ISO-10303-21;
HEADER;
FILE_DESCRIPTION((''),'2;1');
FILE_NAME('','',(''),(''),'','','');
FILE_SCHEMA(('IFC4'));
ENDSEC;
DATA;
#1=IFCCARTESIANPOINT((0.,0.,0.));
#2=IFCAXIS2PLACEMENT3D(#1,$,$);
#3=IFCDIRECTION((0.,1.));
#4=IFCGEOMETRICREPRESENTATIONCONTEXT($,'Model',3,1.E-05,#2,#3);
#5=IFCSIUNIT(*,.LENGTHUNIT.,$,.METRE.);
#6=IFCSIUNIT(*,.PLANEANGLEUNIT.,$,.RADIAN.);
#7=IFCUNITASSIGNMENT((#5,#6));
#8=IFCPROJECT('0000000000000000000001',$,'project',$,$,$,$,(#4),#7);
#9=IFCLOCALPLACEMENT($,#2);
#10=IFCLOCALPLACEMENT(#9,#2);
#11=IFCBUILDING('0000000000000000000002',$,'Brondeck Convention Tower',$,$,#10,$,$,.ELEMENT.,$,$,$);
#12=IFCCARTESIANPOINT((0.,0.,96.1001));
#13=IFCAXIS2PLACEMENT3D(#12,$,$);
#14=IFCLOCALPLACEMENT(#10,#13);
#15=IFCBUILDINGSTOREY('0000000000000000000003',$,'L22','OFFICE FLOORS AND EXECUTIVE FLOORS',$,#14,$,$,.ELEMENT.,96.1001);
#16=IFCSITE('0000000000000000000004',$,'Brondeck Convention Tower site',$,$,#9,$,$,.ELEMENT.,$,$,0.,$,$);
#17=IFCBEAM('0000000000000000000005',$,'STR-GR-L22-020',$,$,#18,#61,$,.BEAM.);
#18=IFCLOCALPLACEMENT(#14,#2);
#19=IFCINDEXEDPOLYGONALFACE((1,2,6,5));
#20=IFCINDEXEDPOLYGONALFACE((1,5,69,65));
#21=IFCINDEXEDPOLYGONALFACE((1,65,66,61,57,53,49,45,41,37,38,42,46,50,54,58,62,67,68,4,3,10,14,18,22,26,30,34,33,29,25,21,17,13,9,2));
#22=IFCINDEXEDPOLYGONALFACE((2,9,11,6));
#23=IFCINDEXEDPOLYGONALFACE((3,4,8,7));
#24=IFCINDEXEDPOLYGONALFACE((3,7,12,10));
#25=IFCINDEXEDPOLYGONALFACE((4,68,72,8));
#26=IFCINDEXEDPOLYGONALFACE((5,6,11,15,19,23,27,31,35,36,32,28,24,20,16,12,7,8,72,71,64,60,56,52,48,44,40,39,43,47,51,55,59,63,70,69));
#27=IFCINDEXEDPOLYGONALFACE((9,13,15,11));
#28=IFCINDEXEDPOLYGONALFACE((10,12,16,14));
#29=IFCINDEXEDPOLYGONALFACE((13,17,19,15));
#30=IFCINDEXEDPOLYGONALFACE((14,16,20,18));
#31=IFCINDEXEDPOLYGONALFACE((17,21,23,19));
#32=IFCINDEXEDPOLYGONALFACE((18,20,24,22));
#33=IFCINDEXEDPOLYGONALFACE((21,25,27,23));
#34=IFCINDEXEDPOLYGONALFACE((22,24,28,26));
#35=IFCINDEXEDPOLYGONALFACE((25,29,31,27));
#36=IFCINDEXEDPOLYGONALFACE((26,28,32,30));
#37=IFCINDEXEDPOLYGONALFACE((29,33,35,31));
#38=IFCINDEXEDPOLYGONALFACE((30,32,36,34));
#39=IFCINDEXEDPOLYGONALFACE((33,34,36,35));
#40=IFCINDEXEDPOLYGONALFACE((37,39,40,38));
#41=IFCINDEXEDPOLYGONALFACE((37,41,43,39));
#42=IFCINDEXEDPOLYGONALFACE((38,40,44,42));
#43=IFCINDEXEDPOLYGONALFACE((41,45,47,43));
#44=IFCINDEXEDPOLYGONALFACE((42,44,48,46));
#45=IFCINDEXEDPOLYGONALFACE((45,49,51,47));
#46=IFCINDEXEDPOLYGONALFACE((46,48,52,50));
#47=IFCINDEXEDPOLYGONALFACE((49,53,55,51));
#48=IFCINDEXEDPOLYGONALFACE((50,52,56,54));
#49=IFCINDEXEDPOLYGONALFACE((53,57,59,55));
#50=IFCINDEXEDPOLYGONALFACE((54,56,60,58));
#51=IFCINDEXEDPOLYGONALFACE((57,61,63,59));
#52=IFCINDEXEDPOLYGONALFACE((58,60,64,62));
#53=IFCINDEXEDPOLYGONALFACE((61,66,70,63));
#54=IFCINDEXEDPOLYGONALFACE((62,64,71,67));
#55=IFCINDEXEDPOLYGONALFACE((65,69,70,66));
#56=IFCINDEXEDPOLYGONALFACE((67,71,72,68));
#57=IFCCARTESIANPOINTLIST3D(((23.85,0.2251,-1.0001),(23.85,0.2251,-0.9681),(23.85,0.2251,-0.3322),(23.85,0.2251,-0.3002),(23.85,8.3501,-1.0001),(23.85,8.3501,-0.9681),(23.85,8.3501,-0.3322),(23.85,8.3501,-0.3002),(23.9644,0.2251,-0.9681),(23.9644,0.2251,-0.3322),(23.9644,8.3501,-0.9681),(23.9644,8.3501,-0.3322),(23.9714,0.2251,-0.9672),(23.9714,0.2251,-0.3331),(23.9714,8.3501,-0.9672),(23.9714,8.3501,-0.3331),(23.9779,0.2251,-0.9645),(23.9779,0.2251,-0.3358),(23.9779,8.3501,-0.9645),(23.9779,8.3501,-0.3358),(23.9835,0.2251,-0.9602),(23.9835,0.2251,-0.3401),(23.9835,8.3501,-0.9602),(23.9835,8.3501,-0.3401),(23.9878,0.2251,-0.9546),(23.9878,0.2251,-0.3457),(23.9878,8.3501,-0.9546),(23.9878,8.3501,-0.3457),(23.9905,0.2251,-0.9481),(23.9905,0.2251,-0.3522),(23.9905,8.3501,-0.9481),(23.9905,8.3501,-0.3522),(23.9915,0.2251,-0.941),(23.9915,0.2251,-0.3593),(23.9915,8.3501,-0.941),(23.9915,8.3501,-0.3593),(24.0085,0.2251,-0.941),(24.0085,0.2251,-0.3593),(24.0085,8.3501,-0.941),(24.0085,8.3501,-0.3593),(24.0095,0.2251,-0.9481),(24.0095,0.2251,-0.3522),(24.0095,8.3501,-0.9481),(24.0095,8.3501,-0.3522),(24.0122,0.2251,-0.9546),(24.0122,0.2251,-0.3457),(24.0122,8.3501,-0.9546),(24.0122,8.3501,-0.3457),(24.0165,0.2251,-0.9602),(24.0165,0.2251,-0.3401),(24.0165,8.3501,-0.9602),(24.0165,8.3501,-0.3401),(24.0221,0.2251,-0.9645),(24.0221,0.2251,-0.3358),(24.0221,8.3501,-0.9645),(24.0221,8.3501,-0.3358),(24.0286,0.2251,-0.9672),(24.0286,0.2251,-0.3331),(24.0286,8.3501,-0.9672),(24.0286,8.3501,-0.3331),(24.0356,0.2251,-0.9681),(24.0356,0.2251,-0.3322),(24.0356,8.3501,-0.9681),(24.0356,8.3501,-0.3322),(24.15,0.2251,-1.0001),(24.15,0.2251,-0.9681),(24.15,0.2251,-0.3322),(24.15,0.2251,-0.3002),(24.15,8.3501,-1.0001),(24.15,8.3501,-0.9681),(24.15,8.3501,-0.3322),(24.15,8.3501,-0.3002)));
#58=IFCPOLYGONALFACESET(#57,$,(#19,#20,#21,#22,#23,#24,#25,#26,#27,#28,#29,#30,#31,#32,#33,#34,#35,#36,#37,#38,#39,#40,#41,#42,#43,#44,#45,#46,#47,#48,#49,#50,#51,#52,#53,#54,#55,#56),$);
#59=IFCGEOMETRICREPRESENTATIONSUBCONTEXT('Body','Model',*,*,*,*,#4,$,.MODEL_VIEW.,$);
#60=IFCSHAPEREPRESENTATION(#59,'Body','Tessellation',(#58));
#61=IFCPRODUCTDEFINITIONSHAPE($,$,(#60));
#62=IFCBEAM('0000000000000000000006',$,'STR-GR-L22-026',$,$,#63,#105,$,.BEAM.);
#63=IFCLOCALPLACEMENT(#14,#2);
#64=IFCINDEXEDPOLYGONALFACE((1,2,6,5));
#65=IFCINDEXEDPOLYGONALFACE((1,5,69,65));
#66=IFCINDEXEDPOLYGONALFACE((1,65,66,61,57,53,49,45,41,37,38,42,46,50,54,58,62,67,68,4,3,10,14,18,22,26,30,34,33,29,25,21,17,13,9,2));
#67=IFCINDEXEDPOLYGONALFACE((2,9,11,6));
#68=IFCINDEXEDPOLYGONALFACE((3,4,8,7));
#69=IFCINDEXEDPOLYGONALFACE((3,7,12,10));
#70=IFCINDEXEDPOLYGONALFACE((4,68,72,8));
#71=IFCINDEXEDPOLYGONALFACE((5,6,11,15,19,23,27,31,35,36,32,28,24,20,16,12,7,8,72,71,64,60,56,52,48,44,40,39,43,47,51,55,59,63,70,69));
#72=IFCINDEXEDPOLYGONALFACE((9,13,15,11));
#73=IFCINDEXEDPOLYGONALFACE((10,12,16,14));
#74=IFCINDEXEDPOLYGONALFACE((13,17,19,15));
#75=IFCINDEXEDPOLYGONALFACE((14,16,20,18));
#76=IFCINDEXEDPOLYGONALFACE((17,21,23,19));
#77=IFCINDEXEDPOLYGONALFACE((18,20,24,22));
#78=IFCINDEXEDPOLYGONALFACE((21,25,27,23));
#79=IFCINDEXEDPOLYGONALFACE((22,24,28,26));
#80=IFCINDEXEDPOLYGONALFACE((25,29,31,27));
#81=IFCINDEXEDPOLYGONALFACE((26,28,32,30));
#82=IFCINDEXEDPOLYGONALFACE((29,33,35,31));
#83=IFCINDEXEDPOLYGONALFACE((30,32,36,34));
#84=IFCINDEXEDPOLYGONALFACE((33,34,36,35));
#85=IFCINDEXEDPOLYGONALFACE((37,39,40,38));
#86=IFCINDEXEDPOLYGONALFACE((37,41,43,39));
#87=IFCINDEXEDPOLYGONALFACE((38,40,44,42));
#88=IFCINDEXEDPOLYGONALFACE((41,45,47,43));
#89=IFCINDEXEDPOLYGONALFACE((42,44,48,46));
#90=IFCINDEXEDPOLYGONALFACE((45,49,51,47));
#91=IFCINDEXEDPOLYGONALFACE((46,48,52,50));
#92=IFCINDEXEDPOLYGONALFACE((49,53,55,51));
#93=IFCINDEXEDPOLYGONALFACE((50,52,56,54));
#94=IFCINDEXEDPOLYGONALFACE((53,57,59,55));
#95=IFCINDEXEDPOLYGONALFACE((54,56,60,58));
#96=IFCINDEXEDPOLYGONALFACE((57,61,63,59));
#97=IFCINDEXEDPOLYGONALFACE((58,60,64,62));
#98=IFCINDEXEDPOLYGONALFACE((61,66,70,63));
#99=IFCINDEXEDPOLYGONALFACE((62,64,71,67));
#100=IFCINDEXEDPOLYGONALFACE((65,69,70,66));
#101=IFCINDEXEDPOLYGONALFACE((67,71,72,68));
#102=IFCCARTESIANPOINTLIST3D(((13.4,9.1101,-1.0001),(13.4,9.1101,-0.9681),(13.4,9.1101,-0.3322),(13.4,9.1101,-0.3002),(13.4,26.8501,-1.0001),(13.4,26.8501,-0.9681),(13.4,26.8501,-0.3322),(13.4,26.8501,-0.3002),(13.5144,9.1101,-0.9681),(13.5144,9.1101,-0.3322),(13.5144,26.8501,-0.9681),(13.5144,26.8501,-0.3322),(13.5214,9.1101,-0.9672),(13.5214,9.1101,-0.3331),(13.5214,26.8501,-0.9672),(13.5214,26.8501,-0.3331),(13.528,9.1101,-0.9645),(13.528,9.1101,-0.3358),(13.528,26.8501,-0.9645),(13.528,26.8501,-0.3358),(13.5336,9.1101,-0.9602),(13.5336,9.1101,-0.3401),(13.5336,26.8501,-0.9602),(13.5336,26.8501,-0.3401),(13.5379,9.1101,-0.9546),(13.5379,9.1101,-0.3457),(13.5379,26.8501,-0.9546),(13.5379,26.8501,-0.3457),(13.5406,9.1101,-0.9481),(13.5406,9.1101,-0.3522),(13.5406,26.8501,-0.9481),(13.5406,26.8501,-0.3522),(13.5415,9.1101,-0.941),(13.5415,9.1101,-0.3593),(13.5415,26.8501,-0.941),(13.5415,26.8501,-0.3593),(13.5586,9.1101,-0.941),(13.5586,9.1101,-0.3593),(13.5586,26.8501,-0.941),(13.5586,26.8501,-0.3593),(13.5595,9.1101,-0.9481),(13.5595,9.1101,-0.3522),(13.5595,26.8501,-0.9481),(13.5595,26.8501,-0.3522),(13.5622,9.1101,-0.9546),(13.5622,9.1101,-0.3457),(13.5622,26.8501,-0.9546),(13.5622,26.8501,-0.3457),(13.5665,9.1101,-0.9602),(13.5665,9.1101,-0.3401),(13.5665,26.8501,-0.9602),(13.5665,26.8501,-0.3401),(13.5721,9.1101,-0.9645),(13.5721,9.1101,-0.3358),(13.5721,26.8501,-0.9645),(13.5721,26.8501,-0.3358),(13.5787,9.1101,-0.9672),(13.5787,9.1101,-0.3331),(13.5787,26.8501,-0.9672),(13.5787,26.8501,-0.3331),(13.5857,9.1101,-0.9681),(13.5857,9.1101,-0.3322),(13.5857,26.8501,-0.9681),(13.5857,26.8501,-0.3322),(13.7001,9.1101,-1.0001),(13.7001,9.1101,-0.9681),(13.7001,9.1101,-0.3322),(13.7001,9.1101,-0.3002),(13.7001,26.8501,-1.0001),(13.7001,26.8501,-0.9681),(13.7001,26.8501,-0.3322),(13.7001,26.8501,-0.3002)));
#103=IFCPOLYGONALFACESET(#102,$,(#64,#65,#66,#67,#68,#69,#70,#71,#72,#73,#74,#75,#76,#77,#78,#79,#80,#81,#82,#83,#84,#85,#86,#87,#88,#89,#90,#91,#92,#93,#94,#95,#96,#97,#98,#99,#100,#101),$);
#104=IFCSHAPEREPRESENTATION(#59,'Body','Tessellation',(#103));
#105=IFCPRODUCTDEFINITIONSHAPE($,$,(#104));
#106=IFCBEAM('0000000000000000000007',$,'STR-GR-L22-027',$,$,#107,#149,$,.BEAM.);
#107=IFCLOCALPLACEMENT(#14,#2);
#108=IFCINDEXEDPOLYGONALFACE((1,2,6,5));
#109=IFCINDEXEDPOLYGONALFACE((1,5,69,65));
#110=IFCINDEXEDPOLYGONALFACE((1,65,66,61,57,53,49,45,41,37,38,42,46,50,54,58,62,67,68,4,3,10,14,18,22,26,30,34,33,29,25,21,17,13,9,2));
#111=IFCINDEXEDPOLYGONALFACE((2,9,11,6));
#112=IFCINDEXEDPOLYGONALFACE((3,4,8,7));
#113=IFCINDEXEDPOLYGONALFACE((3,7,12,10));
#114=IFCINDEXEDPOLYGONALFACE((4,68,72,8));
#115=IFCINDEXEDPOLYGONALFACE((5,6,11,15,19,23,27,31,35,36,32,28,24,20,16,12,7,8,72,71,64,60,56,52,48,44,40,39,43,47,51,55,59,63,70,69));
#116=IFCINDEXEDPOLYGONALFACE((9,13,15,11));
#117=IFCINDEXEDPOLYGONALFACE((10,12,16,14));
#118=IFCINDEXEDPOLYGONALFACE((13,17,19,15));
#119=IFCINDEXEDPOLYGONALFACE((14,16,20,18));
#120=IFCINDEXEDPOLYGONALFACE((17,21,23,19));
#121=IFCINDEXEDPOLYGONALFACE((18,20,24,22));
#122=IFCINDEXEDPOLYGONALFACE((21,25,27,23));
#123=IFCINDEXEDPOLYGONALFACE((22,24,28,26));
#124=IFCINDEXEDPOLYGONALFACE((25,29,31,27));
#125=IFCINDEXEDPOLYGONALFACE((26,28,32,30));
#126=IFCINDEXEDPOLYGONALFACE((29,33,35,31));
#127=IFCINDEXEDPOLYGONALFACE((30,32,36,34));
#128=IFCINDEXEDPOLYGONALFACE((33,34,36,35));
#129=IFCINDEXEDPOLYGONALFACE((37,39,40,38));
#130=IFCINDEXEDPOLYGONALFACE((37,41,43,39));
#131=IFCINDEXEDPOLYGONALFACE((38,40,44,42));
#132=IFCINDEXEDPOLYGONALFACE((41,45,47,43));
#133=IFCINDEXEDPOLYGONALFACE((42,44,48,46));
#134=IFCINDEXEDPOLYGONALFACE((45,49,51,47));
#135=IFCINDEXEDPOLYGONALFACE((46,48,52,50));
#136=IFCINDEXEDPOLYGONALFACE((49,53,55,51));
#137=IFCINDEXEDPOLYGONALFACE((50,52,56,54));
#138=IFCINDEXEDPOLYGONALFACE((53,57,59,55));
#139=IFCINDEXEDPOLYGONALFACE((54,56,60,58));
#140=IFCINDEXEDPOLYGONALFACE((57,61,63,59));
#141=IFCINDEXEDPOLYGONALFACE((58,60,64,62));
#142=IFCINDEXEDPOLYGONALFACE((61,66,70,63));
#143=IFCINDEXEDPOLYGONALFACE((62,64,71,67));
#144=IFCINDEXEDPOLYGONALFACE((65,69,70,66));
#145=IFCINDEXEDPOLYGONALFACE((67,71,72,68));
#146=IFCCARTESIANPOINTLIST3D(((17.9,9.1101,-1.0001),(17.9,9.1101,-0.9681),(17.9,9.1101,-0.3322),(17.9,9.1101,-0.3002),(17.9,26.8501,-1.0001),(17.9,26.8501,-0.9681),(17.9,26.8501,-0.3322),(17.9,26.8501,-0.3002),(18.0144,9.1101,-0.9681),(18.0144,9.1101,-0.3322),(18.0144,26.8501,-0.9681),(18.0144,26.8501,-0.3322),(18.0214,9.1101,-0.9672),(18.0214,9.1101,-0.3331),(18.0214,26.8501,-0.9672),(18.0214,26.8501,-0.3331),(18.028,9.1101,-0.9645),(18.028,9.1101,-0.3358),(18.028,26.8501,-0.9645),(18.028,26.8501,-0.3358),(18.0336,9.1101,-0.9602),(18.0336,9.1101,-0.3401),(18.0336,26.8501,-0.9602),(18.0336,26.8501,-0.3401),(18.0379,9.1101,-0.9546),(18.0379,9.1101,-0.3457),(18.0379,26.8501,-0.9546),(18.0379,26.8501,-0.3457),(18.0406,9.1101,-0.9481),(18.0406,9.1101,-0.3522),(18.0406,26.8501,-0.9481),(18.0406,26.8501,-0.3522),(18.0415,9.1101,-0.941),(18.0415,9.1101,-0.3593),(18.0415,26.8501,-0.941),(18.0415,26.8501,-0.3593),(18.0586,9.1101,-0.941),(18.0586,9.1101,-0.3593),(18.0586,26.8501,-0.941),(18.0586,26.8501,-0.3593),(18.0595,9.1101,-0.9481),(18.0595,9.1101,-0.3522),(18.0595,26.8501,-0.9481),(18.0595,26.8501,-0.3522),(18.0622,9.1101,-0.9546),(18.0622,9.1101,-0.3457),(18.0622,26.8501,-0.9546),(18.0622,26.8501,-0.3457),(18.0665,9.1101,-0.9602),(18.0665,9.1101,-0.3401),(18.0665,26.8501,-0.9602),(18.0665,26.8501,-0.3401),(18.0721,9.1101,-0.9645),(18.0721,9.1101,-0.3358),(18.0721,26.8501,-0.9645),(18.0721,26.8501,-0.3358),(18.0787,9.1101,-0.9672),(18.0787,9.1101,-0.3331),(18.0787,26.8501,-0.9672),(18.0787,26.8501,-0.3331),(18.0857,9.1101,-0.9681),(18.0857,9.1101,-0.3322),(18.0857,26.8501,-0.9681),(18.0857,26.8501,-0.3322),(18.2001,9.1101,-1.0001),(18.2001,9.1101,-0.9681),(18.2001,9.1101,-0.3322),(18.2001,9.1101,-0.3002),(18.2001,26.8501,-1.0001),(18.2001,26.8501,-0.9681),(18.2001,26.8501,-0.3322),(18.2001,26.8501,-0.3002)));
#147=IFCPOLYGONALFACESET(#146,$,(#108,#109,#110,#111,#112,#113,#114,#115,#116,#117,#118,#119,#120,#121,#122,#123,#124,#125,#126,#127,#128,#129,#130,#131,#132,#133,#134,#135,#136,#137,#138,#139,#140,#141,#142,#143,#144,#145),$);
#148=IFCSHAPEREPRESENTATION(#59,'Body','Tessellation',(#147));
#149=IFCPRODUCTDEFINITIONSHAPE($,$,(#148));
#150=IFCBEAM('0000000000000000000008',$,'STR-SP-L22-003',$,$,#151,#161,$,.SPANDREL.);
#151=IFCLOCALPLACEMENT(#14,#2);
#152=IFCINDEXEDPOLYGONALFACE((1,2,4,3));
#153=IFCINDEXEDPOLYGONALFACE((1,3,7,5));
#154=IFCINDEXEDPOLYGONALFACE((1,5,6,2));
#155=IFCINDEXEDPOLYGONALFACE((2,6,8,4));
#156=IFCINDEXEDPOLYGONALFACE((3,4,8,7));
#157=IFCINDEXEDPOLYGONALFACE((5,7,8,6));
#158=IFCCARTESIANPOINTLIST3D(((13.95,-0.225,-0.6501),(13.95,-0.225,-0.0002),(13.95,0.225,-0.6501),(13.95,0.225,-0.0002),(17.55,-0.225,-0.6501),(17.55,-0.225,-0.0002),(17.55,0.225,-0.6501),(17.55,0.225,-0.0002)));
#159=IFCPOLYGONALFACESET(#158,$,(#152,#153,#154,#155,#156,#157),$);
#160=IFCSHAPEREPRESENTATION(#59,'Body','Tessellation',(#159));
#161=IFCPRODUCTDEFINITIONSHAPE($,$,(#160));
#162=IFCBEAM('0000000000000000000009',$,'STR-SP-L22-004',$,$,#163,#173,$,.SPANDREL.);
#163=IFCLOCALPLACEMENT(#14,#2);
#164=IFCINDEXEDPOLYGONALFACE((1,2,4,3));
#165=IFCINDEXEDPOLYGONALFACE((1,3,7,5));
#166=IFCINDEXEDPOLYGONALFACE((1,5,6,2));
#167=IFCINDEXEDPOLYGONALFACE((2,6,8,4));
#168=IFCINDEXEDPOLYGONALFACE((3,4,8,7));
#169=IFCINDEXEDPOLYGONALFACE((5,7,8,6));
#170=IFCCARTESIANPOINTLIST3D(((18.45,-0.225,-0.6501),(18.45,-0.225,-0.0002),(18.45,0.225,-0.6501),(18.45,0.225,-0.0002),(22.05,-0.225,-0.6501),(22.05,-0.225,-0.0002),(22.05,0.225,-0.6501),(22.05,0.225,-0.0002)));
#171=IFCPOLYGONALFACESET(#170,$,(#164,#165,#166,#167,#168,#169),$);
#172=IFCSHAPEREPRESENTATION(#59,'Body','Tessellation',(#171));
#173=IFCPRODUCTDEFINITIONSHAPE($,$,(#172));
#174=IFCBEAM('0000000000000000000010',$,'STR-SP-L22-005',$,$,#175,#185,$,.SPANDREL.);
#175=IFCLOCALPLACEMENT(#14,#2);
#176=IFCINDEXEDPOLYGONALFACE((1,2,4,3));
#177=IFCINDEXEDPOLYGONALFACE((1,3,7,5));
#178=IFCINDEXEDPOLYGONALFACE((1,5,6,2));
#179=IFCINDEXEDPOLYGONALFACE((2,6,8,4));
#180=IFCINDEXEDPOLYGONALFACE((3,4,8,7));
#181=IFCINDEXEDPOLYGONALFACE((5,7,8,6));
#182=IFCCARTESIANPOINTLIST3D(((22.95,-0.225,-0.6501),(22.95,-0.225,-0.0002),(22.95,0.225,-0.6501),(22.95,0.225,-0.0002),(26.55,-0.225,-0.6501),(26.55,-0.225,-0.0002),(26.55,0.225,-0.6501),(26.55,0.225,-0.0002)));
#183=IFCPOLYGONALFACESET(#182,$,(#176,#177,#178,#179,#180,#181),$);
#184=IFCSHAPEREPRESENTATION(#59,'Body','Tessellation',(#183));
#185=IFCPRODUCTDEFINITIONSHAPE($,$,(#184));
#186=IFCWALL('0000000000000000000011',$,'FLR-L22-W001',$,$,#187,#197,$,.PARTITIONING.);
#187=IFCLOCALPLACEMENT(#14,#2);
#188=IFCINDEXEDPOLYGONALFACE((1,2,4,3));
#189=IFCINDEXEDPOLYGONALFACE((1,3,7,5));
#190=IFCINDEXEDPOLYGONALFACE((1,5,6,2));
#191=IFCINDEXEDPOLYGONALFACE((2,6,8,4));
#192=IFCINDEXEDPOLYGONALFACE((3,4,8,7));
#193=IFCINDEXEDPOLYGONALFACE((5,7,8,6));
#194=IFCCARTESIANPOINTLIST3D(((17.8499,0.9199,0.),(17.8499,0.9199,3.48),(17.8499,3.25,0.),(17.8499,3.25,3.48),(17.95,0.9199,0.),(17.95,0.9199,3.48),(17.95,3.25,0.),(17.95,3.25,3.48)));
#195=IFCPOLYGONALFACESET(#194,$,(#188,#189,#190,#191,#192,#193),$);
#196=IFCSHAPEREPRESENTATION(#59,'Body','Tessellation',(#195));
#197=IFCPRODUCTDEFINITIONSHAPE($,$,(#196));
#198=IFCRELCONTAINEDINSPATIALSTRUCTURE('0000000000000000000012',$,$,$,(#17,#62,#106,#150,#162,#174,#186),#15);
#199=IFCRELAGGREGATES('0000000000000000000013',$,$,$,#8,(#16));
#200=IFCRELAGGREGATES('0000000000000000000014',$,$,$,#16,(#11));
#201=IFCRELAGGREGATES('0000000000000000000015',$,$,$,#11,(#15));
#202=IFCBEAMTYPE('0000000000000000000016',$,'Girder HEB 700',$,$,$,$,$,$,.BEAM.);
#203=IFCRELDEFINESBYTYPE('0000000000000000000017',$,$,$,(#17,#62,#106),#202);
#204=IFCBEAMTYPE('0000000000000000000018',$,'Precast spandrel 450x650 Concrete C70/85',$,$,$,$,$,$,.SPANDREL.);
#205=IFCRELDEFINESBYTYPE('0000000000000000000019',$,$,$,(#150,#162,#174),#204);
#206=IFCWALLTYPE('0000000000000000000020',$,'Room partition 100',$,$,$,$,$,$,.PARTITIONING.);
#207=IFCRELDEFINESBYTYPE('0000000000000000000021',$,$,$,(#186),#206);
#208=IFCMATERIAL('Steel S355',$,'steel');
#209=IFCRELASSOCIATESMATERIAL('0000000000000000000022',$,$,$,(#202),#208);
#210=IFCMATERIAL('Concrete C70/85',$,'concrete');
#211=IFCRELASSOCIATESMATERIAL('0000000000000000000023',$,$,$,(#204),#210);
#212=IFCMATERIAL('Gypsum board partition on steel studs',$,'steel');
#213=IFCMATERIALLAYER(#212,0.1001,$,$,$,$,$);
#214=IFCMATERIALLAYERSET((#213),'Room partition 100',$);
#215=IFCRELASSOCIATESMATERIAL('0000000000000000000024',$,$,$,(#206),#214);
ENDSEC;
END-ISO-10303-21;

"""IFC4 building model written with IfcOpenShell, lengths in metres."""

from ifc_helpers import new_model, si_unit, direction, frame, frame_2d, origin, origin_2d, place, context, subcontext, project, spatial, rectangle, i_section, extrude, material, layer, layer_set, material_profile, profile_set, type_object, element, save


model = new_model("IFC4")

# Units and contexts
model_context = context("Model", 3, precision=1e-05, world=origin(), true_north=direction((0.0, 1.0)))
body_context = subcontext(model_context, "Body", "Model", "MODEL_VIEW")
ifc_project = project(units=[si_unit("LENGTHUNIT", "METRE"), si_unit("PLANEANGLEUNIT", "RADIAN")], contexts=[model_context])

# Site, building, storey
site_placement = place(None, origin())
site = spatial("IfcSite", under=ifc_project, at=site_placement, Name="Brondeck Convention Tower site", CompositionType="ELEMENT", RefElevation=0.0)
building_placement = place(site_placement, origin())
building = spatial("IfcBuilding", under=site, at=building_placement, Name="Brondeck Convention Tower", CompositionType="ELEMENT")
storey_placement = place(building_placement, frame((0.0, 0.0, 96.1001)))
storey = spatial("IfcBuildingStorey", under=building, at=storey_placement, Name="L22", Description="OFFICE FLOORS AND EXECUTIVE FLOORS", CompositionType="ELEMENT", Elevation=96.1001)

# Shared definitions
ifc_material_1 = material(Name="Concrete C70/85", Category="concrete")

# Beams
ifc_material_2 = material(Name="Steel S355", Category="steel")
ifc_material_profile_1 = material_profile(ifc_material_2, i_section(OverallWidth=0.3, OverallDepth=0.7, WebThickness=0.0171, FlangeThickness=0.032, FilletRadius=0.0271, at=origin_2d()), Name="HEB 700")
ifc_profile_set_1 = profile_set([ifc_material_profile_1], Name="Steel S355")
beam_type_1 = type_object("IfcBeamType", Name="Girder HEB 700", PredefinedType="BEAM", material=ifc_profile_set_1)
beam_1_placement = place(storey_placement, frame((24.0, 8.3501, -0.6501), z_axis=(0.0, -1.0, 0.0), x_axis=(1.0, 0.0, 0.0)))
element("IfcBeam", 1, at=beam_1_placement, inside=storey, type_object=beam_type_1, Name="STR-GR-L22-020", PredefinedType="BEAM", context=body_context, shape_type="SweptSolid", body=[
    extrude(i_section(OverallWidth=0.3, OverallDepth=0.7, WebThickness=0.0171, FlangeThickness=0.032, FilletRadius=0.0271, at=origin_2d()), origin(), (0.0, 0.0, 1.0), 8.125),
])
for number, where, z_axis, x_axis, name in (
    (2, (13.55, 9.1101, -0.6501), (0.0, 1.0, 0.0), (-1.0, 0.0, 0.0), "STR-GR-L22-026"),
    (3, (18.05, 9.1101, -0.6501), (0.0, 1.0, 0.0), (-1.0, 0.0, 0.0), "STR-GR-L22-027"),
):
    element("IfcBeam", number, at=place(storey_placement, frame(where, z_axis=z_axis, x_axis=x_axis)), inside=storey, type_object=beam_type_1, Name=name, PredefinedType="BEAM", context=body_context, shape_type="SweptSolid", body=[
        extrude(i_section(OverallWidth=0.3, OverallDepth=0.7, WebThickness=0.0171, FlangeThickness=0.032, FilletRadius=0.0271, at=origin_2d()), origin(), (0.0, 0.0, 1.0), 17.74),
    ])
ifc_material_profile_2 = material_profile(ifc_material_1, rectangle(XDim=0.45, YDim=0.6499, at=origin_2d()), Name="Precast spandrel 450x650 Concrete C70/85")
ifc_profile_set_2 = profile_set([ifc_material_profile_2], Name="Concrete C70/85")
beam_type_2 = type_object("IfcBeamType", Name="Precast spandrel 450x650 Concrete C70/85", PredefinedType="SPANDREL", material=ifc_profile_set_2)
for number, where, z_axis, x_axis, name in (
    (4, (13.95, 0.0, -0.3252), (1.0, 0.0, 0.0), (0.0, 1.0, 0.0), "STR-SP-L22-003"),
    (5, (18.45, 0.0, -0.3252), (1.0, 0.0, 0.0), (0.0, 1.0, 0.0), "STR-SP-L22-004"),
    (6, (22.95, 0.0, -0.3252), (1.0, 0.0, 0.0), (0.0, 1.0, 0.0), "STR-SP-L22-005"),
):
    element("IfcBeam", number, at=place(storey_placement, frame(where, z_axis=z_axis, x_axis=x_axis)), inside=storey, type_object=beam_type_2, Name=name, PredefinedType="SPANDREL", context=body_context, shape_type="SweptSolid", body=[
        extrude(rectangle(XDim=0.45, YDim=0.6499, at=origin_2d()), origin(), (0.0, 0.0, 1.0), 3.6001),
    ])

# Wall
ifc_material_3 = material(Name="Gypsum board partition on steel studs", Category="steel")
ifc_layer_1 = layer(ifc_material_3, 0.1001)
ifc_layer_set_1 = layer_set([ifc_layer_1], Name="Room partition 100")
wall_type_1 = type_object("IfcWallType", Name="Room partition 100", PredefinedType="PARTITIONING", material=ifc_layer_set_1)
wall_1_placement = place(storey_placement, frame((17.8999, 0.9199, 0.0), z_axis=(0.0, 0.0, 1.0), x_axis=(0.0, 1.0, 0.0)))
element("IfcWall", 7, at=wall_1_placement, inside=storey, type_object=wall_type_1, Name="FLR-L22-W001", PredefinedType="PARTITIONING", context=body_context, shape_type="SweptSolid", body=[
    extrude(rectangle(XDim=2.3301, YDim=0.1001, at=frame_2d((1.165, 0.0))), origin(), (0.0, 0.0, 1.0), 3.48),
])

save(model, "model.ifc")
